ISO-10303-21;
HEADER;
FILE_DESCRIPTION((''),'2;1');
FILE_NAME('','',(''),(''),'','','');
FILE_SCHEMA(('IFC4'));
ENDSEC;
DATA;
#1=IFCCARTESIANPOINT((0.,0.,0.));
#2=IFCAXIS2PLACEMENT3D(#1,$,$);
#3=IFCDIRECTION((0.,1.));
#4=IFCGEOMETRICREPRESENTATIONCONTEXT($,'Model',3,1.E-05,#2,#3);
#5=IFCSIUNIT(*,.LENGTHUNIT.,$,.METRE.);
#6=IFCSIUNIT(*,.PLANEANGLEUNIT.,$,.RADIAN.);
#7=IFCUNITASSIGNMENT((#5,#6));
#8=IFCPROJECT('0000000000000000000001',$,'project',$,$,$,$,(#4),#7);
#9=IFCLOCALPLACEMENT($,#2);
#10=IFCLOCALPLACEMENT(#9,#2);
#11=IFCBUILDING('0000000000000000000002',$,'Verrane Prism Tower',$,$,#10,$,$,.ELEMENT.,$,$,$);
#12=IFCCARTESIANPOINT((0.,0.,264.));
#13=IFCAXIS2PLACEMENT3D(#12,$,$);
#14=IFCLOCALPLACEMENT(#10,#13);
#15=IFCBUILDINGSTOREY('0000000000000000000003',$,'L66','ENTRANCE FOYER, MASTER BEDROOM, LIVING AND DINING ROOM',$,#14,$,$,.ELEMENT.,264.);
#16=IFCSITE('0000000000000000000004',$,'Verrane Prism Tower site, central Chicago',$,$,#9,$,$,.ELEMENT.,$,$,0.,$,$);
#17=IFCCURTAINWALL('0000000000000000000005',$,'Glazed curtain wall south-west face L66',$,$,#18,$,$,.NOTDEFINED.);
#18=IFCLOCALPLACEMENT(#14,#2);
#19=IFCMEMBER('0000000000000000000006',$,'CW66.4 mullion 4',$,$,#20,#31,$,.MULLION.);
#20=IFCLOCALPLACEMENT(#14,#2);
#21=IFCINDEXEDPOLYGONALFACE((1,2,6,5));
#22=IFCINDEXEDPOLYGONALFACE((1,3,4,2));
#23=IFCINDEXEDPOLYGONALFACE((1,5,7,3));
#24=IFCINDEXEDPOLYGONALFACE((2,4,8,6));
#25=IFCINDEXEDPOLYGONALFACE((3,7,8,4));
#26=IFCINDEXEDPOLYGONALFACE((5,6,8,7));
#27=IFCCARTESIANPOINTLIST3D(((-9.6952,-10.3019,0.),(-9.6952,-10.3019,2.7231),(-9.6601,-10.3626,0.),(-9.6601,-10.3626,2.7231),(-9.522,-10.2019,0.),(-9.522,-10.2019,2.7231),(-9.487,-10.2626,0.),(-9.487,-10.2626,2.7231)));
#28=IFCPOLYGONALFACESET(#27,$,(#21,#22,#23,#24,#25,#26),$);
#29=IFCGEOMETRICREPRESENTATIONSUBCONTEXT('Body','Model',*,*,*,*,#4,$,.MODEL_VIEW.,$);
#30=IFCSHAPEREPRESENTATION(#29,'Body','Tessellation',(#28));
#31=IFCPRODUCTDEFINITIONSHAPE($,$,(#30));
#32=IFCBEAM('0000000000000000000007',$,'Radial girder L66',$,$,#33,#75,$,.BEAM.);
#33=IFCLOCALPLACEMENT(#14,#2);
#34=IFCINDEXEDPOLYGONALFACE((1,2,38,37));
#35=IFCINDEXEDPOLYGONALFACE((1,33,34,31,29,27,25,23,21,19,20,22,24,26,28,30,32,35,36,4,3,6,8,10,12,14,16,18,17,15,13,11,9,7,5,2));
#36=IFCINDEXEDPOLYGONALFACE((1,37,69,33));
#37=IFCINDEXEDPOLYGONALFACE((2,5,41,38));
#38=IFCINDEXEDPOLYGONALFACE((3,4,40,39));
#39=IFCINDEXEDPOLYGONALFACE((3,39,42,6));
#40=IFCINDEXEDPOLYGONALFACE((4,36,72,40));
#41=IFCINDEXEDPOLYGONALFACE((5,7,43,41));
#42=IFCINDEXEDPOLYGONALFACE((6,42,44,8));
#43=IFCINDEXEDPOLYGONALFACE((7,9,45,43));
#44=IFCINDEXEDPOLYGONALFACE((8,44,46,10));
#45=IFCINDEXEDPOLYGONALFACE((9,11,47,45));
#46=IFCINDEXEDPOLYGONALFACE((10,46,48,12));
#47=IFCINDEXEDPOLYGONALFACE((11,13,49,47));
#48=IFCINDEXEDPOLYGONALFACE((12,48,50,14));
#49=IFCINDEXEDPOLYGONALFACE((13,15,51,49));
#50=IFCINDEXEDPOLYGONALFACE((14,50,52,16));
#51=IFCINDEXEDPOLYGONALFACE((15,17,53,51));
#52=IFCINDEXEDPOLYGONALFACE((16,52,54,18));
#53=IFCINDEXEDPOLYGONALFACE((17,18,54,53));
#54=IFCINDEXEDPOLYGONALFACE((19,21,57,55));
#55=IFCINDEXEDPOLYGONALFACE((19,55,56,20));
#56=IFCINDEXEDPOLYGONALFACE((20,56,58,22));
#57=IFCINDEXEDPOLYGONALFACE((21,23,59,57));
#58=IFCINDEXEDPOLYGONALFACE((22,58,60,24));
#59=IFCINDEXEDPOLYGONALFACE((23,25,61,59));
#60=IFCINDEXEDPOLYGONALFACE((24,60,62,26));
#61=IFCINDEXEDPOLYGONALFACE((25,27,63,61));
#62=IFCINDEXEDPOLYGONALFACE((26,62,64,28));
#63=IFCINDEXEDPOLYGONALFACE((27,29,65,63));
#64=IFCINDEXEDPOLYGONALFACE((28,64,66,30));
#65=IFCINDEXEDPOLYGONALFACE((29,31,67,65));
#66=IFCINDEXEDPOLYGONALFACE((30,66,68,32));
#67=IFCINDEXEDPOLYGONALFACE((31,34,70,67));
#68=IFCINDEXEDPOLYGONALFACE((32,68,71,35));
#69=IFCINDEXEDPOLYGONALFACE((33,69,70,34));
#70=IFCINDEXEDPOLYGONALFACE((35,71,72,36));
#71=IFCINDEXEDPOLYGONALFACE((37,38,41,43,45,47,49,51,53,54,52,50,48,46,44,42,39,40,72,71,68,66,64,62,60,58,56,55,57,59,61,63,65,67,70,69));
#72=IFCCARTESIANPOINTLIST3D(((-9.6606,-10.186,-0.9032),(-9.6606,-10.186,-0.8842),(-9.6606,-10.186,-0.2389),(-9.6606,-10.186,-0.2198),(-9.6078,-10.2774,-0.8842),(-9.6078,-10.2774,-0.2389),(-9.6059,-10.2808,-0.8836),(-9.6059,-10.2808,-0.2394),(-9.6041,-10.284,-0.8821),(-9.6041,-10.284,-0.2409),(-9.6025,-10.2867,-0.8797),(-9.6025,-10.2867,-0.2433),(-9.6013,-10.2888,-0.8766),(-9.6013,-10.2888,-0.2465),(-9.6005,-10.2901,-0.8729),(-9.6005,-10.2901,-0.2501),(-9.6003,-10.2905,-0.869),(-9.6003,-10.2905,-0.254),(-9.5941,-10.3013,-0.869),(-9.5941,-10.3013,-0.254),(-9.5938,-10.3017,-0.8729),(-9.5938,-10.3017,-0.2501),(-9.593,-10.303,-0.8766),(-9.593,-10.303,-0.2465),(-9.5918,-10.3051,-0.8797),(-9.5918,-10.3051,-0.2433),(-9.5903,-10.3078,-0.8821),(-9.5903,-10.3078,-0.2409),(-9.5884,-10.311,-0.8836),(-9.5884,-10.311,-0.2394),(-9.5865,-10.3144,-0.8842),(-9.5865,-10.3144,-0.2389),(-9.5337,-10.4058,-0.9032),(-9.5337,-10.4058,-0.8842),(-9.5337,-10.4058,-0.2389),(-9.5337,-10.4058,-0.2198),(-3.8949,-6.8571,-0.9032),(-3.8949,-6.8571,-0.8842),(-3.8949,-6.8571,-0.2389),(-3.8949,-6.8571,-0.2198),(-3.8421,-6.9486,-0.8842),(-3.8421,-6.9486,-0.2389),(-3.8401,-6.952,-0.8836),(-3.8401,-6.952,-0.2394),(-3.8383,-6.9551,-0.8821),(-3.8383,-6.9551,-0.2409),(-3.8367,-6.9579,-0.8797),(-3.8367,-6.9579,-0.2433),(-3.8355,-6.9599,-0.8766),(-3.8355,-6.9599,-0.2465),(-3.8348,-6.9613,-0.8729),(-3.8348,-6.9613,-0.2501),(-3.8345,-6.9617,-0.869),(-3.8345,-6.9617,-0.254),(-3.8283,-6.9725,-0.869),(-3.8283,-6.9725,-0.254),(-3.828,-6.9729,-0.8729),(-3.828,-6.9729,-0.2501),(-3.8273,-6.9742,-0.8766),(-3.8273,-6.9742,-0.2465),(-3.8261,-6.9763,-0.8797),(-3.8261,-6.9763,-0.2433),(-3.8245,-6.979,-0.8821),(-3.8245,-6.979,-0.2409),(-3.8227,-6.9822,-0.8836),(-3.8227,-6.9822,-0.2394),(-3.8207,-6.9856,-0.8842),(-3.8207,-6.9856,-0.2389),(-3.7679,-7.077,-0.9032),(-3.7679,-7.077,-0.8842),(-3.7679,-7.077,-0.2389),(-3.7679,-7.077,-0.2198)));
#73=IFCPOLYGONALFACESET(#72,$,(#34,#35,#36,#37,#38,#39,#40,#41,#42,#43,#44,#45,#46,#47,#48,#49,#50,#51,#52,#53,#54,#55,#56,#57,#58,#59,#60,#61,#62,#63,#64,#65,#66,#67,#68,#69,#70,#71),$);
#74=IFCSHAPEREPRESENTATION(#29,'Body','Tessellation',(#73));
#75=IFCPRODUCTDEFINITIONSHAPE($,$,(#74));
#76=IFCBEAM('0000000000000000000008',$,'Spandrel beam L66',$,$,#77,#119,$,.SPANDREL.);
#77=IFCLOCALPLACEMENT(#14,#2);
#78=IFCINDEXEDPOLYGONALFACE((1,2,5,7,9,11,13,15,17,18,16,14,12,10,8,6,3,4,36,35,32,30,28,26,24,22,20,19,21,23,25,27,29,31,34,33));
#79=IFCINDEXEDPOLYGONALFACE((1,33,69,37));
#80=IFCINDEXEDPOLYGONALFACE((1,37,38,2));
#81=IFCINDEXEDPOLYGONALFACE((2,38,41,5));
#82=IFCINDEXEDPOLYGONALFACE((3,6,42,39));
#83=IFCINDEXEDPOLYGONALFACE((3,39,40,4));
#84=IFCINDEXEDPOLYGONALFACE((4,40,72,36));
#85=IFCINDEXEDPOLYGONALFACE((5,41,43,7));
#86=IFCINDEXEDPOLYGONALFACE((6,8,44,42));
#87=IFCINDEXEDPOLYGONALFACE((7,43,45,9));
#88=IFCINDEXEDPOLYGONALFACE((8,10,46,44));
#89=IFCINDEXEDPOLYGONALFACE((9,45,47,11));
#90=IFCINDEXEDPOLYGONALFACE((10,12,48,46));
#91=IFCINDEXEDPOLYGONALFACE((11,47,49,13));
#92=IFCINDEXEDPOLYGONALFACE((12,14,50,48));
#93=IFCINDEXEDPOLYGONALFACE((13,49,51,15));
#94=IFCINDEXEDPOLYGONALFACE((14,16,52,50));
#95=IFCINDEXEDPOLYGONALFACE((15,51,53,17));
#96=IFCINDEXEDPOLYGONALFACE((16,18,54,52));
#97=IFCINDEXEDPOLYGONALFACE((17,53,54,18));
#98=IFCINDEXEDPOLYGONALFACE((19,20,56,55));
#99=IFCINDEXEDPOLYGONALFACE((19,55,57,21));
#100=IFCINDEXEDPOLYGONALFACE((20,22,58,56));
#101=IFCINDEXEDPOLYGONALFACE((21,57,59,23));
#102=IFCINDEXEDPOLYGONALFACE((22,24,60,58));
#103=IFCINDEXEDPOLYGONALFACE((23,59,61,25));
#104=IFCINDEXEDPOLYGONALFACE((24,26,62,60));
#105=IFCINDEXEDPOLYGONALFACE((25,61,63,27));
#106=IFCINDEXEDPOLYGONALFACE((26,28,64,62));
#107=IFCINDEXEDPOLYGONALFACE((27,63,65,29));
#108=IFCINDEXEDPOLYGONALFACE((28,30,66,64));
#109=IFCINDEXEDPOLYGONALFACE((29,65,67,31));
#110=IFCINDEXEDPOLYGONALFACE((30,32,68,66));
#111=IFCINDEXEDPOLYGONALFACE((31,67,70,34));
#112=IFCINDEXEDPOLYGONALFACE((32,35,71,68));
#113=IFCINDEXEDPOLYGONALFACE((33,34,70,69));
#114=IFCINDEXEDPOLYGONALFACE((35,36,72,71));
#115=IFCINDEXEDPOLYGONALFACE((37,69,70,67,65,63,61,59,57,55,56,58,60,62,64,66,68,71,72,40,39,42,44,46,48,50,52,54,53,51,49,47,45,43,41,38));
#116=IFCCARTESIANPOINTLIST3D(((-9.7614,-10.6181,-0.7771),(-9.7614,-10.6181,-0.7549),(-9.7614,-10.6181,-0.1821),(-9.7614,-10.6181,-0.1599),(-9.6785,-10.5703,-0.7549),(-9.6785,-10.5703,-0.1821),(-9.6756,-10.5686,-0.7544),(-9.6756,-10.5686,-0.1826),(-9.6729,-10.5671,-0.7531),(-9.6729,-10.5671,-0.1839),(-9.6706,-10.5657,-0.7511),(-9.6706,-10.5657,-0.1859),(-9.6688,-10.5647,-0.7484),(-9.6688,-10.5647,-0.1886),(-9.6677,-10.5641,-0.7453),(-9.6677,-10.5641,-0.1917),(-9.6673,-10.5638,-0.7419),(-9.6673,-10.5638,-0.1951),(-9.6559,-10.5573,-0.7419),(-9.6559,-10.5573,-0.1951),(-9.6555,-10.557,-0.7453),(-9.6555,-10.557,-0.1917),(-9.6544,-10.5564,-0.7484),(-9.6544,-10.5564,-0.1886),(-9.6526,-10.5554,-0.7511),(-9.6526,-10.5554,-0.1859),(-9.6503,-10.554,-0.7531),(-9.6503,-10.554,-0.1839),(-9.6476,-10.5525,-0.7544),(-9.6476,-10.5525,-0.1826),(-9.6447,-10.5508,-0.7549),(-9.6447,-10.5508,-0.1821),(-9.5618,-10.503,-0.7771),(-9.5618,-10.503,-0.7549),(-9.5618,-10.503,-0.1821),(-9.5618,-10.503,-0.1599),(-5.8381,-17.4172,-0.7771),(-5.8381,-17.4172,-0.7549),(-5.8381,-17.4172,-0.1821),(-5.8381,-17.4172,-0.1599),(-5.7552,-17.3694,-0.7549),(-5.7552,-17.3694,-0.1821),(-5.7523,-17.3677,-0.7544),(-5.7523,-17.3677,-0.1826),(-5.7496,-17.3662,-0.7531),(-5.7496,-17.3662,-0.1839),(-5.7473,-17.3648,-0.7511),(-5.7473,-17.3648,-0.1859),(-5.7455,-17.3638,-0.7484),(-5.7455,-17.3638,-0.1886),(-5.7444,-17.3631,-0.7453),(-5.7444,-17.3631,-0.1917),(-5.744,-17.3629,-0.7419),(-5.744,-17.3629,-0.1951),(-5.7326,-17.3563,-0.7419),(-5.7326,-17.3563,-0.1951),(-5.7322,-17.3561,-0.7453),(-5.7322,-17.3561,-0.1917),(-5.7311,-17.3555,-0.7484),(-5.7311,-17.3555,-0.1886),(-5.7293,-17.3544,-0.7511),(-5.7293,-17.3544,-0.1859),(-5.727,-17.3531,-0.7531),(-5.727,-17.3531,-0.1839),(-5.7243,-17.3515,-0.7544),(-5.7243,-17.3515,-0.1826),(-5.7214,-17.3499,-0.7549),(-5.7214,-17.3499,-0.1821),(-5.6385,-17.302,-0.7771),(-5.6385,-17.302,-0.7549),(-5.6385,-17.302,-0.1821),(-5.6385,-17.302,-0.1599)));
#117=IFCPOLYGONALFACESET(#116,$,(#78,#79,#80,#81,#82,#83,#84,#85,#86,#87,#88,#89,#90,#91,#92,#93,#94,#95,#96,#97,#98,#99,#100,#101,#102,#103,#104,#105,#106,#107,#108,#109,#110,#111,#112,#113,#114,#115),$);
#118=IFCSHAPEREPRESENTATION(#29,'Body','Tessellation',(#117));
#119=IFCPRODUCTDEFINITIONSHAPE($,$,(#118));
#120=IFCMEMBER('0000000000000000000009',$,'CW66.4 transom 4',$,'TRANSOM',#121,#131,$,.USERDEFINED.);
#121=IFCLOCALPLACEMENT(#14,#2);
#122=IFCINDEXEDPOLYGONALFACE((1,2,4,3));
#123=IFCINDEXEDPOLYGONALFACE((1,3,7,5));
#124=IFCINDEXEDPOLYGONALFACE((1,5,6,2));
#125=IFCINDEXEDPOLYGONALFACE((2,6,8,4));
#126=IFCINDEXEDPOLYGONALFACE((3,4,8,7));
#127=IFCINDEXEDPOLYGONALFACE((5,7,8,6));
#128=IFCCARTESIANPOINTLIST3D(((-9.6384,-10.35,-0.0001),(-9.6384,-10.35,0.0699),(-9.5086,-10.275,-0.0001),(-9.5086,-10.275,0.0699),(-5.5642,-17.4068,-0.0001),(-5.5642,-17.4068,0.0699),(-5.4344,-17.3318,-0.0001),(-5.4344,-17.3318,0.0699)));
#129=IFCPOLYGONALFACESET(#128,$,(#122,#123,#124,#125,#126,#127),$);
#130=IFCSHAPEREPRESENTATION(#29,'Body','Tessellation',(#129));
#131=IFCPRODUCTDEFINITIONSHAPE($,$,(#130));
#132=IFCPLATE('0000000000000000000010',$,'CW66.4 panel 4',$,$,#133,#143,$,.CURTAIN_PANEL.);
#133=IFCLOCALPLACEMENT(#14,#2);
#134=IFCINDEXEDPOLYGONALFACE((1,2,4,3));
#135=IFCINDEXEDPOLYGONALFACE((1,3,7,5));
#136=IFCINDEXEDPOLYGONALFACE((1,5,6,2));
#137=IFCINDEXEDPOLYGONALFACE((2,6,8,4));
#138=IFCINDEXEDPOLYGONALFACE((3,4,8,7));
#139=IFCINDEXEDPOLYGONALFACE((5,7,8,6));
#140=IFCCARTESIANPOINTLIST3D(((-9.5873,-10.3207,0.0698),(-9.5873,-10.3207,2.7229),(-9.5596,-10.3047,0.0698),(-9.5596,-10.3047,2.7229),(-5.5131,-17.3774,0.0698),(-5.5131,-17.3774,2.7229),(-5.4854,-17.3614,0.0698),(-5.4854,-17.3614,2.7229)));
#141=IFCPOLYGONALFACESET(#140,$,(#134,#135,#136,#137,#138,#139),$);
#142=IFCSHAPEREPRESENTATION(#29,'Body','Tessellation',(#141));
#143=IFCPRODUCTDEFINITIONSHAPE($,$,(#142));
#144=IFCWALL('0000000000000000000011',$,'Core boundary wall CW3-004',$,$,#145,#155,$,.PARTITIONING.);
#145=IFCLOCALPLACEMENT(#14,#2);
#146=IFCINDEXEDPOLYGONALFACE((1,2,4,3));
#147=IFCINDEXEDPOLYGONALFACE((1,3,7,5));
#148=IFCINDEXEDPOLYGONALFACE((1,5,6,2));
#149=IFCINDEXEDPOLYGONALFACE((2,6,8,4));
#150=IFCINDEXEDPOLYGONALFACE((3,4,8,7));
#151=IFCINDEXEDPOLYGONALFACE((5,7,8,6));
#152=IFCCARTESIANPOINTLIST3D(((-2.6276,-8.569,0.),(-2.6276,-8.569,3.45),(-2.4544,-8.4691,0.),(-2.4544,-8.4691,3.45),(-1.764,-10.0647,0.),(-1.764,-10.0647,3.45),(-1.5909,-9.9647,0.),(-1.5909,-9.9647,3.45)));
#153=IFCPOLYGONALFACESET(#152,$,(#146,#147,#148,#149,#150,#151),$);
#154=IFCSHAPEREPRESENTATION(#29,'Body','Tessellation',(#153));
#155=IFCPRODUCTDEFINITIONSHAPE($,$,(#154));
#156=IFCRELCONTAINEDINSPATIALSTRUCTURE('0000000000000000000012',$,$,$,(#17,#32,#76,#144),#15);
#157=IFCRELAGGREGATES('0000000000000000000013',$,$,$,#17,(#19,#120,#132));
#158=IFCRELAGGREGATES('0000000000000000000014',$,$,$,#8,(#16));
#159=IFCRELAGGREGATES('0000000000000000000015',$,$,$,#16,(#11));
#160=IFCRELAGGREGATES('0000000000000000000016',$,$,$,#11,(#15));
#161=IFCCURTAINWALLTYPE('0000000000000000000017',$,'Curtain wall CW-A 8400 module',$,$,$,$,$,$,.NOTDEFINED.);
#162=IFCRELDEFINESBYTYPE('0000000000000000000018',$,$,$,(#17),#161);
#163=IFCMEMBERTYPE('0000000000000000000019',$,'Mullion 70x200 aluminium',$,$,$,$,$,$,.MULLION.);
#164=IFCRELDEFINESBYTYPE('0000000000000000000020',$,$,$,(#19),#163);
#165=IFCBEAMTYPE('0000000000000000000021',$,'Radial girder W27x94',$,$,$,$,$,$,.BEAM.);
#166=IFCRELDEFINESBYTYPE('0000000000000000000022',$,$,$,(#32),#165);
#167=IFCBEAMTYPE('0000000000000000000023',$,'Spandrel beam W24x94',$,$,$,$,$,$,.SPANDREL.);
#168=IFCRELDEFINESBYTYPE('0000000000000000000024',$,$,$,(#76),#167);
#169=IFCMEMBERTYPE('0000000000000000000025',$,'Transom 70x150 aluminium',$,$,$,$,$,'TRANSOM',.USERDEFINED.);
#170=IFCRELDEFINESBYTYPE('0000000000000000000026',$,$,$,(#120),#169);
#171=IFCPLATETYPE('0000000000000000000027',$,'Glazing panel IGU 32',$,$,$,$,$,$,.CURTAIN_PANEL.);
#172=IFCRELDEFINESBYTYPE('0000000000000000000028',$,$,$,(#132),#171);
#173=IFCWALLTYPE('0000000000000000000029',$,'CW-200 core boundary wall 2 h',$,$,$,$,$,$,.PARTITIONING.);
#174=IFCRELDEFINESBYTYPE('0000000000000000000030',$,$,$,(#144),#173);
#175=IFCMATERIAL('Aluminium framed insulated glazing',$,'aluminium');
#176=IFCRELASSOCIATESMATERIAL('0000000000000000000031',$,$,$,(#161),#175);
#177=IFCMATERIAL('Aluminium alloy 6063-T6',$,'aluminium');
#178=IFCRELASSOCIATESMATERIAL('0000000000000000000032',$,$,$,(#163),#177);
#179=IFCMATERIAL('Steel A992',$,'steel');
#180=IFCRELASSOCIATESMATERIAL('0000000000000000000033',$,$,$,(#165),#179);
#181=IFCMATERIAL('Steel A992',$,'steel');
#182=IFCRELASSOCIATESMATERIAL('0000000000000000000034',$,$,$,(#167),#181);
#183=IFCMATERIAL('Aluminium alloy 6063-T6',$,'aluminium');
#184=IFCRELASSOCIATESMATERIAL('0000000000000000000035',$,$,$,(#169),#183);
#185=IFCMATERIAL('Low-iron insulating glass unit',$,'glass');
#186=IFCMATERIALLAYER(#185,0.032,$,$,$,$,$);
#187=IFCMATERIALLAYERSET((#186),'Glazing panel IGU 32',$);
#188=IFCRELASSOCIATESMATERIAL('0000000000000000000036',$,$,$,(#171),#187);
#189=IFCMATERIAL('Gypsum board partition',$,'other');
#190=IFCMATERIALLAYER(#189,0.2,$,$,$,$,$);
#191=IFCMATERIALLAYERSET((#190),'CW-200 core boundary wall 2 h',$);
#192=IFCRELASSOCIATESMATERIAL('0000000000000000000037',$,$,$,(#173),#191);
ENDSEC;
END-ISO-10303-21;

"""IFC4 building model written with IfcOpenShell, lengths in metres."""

from ifc_helpers import new_model, si_unit, direction, frame, frame_2d, origin, origin_2d, place, context, subcontext, project, spatial, rectangle, i_section, extrude, material, layer, layer_set, material_profile, profile_set, type_object, element, aggregate, save


model = new_model("IFC4")

# Units and contexts
model_context = context("Model", 3, precision=1e-05, world=origin(), true_north=direction((0.0, 1.0)))
body_context = subcontext(model_context, "Body", "Model", "MODEL_VIEW")
ifc_project = project(units=[si_unit("LENGTHUNIT", "METRE"), si_unit("PLANEANGLEUNIT", "RADIAN")], contexts=[model_context])

# Site, building, storey
site_placement = place(None, origin())
site = spatial("IfcSite", under=ifc_project, at=site_placement, Name="Verrane Prism Tower site, central Chicago", CompositionType="ELEMENT", RefElevation=0.0)
building_placement = place(site_placement, origin())
building = spatial("IfcBuilding", under=site, at=building_placement, Name="Verrane Prism Tower", CompositionType="ELEMENT")
storey_placement = place(building_placement, frame((0.0, 0.0, 264.0)))
storey = spatial("IfcBuildingStorey", under=building, at=storey_placement, Name="L66", Description="ENTRANCE FOYER, MASTER BEDROOM, LIVING AND DINING ROOM", CompositionType="ELEMENT", Elevation=264.0)

# Curtain wall, member
ifc_material_1 = material(Name="Aluminium framed insulated glazing", Category="aluminium")
curtain_wall_type = type_object("IfcCurtainWallType", Name="Curtain wall CW-A 8400 module", PredefinedType="NOTDEFINED", material=ifc_material_1)
curtain_wall_placement = place(storey_placement, origin())
curtain_wall = element("IfcCurtainWall", 1, at=curtain_wall_placement, inside=storey, type_object=curtain_wall_type, Name="Glazed curtain wall south-west face L66", PredefinedType="NOTDEFINED")
ifc_material_2 = material(Name="Aluminium alloy 6063-T6", Category="aluminium")
ifc_material_profile_1 = material_profile(ifc_material_2, rectangle(XDim=0.2, YDim=0.0701, at=origin_2d()), Name="Mullion 70x200 aluminium")
ifc_profile_set_1 = profile_set([ifc_material_profile_1], Name="Aluminium alloy 6063-T6")
member_type_1 = type_object("IfcMemberType", Name="Mullion 70x200 aluminium", PredefinedType="MULLION", material=ifc_profile_set_1)
member_1_placement = place(storey_placement, frame((-9.5911, -10.2822, 0.0), z_axis=(0.0, 0.0, 1.0), x_axis=(0.866025, 0.500001, 0.0)))
member_1 = element("IfcMember", 2, at=member_1_placement, type_object=member_type_1, Name="CW66.4 mullion 4", PredefinedType="MULLION", context=body_context, shape_type="SweptSolid", body=[
    extrude(rectangle(XDim=0.2, YDim=0.0701, at=origin_2d()), origin(), (0.0, 0.0, 1.0), 2.7231),
])

# Beams
ifc_material_3 = material(Name="Steel A992", Category="steel")
ifc_material_profile_2 = material_profile(ifc_material_3, i_section(OverallWidth=0.2539, OverallDepth=0.6833, WebThickness=0.0125, FlangeThickness=0.019, FilletRadius=0.0151, at=origin_2d()), Name="W27x94")
ifc_profile_set_2 = profile_set([ifc_material_profile_2], Name="Steel A992")
beam_type_1 = type_object("IfcBeamType", Name="Radial girder W27x94", PredefinedType="BEAM", material=ifc_profile_set_2)
beam_1_placement = place(storey_placement, frame((-9.5972, -10.2959, -0.5615), z_axis=(0.86603, 0.499992, 0.0), x_axis=(-0.499992, 0.86603, 0.0)))
element("IfcBeam", 3, at=beam_1_placement, inside=storey, type_object=beam_type_1, Name="Radial girder L66", PredefinedType="BEAM", context=body_context, shape_type="SweptSolid", body=[
    extrude(i_section(OverallWidth=0.2539, OverallDepth=0.6833, WebThickness=0.0125, FlangeThickness=0.019, FilletRadius=0.0151, at=origin_2d()), origin(), (0.0, 0.0, 1.0), 6.6577),
])
ifc_material_4 = material(Name="Steel A992", Category="steel")
ifc_material_profile_3 = material_profile(ifc_material_4, i_section(OverallWidth=0.2305, OverallDepth=0.6172, WebThickness=0.0132, FlangeThickness=0.0222, FilletRadius=0.0129, at=origin_2d()), Name="W24x94")
ifc_profile_set_3 = profile_set([ifc_material_profile_3], Name="Steel A992")
beam_type_2 = type_object("IfcBeamType", Name="Spandrel beam W24x94", PredefinedType="SPANDREL", material=ifc_profile_set_3)
beam_2_placement = place(storey_placement, frame((-9.6616, -10.5605, -0.4685), z_axis=(0.499799, -0.866142, 0.0), x_axis=(0.866142, 0.499799, 0.0)))
element("IfcBeam", 4, at=beam_2_placement, inside=storey, type_object=beam_type_2, Name="Spandrel beam L66", PredefinedType="SPANDREL", context=body_context, shape_type="SweptSolid", body=[
    extrude(i_section(OverallWidth=0.2305, OverallDepth=0.6172, WebThickness=0.0132, FlangeThickness=0.0222, FilletRadius=0.0129, at=origin_2d()), origin(), (0.0, 0.0, 1.0), 7.8499),
])

# Member
ifc_material_5 = material(Name="Aluminium alloy 6063-T6", Category="aluminium")
ifc_material_profile_4 = material_profile(ifc_material_5, rectangle(XDim=0.1499, YDim=0.0701, at=origin_2d()), Name="Transom 70x150 aluminium")
ifc_profile_set_4 = profile_set([ifc_material_profile_4], Name="Aluminium alloy 6063-T6")
member_type_2 = type_object("IfcMemberType", Name="Transom 70x150 aluminium", ElementType="TRANSOM", PredefinedType="USERDEFINED", material=ifc_profile_set_4)
member_2_placement = place(storey_placement, frame((-9.5735, -10.3125, 0.0349), z_axis=(0.499993, -0.866029, 0.0), x_axis=(0.866029, 0.499993, 0.0)))
member_2 = element("IfcMember", 5, at=member_2_placement, type_object=member_type_2, Name="CW66.4 transom 4", ObjectType="TRANSOM", PredefinedType="USERDEFINED", context=body_context, shape_type="SweptSolid", body=[
    extrude(rectangle(XDim=0.1499, YDim=0.0701, at=origin_2d()), origin(), (0.0, 0.0, 1.0), 8.1484),
])

# Plate
ifc_material_6 = material(Name="Low-iron insulating glass unit", Category="glass")
ifc_layer_1 = layer(ifc_material_6, 0.032)
ifc_layer_set_1 = layer_set([ifc_layer_1], Name="Glazing panel IGU 32")
plate_type = type_object("IfcPlateType", Name="Glazing panel IGU 32", PredefinedType="CURTAIN_PANEL", material=ifc_layer_set_1)
plate_placement = place(storey_placement, frame((-7.5364, -13.8411, 0.0698), z_axis=(0.0, 0.0, 1.0), x_axis=(0.500001, -0.866025, 0.0)))
plate = element("IfcPlate", 6, at=plate_placement, type_object=plate_type, Name="CW66.4 panel 4", PredefinedType="CURTAIN_PANEL", context=body_context, shape_type="SweptSolid", body=[
    extrude(rectangle(XDim=8.1484, YDim=0.032, at=origin_2d()), origin(), (0.0, 0.0, 1.0), 2.6531),
])
aggregate(curtain_wall, [member_1, member_2, plate])

# Wall
ifc_material_7 = material(Name="Gypsum board partition", Category="other")
ifc_layer_2 = layer(ifc_material_7, 0.2)
ifc_layer_set_2 = layer_set([ifc_layer_2], Name="CW-200 core boundary wall 2 h")
wall_type_1 = type_object("IfcWallType", Name="CW-200 core boundary wall 2 h", PredefinedType="PARTITIONING", material=ifc_layer_set_2)
wall_1_placement = place(storey_placement, frame((-2.541, -8.519, 0.0), z_axis=(0.0, 0.0, 1.0), x_axis=(0.500016, -0.866016, 0.0)))
element("IfcWall", 7, at=wall_1_placement, inside=storey, type_object=wall_type_1, Name="Core boundary wall CW3-004", PredefinedType="PARTITIONING", context=body_context, shape_type="SweptSolid", body=[
    extrude(rectangle(XDim=1.7271, YDim=0.2, at=frame_2d((0.8635, 0.0))), origin(), (0.0, 0.0, 1.0), 3.45),
])

save(model, "model.ifc")
